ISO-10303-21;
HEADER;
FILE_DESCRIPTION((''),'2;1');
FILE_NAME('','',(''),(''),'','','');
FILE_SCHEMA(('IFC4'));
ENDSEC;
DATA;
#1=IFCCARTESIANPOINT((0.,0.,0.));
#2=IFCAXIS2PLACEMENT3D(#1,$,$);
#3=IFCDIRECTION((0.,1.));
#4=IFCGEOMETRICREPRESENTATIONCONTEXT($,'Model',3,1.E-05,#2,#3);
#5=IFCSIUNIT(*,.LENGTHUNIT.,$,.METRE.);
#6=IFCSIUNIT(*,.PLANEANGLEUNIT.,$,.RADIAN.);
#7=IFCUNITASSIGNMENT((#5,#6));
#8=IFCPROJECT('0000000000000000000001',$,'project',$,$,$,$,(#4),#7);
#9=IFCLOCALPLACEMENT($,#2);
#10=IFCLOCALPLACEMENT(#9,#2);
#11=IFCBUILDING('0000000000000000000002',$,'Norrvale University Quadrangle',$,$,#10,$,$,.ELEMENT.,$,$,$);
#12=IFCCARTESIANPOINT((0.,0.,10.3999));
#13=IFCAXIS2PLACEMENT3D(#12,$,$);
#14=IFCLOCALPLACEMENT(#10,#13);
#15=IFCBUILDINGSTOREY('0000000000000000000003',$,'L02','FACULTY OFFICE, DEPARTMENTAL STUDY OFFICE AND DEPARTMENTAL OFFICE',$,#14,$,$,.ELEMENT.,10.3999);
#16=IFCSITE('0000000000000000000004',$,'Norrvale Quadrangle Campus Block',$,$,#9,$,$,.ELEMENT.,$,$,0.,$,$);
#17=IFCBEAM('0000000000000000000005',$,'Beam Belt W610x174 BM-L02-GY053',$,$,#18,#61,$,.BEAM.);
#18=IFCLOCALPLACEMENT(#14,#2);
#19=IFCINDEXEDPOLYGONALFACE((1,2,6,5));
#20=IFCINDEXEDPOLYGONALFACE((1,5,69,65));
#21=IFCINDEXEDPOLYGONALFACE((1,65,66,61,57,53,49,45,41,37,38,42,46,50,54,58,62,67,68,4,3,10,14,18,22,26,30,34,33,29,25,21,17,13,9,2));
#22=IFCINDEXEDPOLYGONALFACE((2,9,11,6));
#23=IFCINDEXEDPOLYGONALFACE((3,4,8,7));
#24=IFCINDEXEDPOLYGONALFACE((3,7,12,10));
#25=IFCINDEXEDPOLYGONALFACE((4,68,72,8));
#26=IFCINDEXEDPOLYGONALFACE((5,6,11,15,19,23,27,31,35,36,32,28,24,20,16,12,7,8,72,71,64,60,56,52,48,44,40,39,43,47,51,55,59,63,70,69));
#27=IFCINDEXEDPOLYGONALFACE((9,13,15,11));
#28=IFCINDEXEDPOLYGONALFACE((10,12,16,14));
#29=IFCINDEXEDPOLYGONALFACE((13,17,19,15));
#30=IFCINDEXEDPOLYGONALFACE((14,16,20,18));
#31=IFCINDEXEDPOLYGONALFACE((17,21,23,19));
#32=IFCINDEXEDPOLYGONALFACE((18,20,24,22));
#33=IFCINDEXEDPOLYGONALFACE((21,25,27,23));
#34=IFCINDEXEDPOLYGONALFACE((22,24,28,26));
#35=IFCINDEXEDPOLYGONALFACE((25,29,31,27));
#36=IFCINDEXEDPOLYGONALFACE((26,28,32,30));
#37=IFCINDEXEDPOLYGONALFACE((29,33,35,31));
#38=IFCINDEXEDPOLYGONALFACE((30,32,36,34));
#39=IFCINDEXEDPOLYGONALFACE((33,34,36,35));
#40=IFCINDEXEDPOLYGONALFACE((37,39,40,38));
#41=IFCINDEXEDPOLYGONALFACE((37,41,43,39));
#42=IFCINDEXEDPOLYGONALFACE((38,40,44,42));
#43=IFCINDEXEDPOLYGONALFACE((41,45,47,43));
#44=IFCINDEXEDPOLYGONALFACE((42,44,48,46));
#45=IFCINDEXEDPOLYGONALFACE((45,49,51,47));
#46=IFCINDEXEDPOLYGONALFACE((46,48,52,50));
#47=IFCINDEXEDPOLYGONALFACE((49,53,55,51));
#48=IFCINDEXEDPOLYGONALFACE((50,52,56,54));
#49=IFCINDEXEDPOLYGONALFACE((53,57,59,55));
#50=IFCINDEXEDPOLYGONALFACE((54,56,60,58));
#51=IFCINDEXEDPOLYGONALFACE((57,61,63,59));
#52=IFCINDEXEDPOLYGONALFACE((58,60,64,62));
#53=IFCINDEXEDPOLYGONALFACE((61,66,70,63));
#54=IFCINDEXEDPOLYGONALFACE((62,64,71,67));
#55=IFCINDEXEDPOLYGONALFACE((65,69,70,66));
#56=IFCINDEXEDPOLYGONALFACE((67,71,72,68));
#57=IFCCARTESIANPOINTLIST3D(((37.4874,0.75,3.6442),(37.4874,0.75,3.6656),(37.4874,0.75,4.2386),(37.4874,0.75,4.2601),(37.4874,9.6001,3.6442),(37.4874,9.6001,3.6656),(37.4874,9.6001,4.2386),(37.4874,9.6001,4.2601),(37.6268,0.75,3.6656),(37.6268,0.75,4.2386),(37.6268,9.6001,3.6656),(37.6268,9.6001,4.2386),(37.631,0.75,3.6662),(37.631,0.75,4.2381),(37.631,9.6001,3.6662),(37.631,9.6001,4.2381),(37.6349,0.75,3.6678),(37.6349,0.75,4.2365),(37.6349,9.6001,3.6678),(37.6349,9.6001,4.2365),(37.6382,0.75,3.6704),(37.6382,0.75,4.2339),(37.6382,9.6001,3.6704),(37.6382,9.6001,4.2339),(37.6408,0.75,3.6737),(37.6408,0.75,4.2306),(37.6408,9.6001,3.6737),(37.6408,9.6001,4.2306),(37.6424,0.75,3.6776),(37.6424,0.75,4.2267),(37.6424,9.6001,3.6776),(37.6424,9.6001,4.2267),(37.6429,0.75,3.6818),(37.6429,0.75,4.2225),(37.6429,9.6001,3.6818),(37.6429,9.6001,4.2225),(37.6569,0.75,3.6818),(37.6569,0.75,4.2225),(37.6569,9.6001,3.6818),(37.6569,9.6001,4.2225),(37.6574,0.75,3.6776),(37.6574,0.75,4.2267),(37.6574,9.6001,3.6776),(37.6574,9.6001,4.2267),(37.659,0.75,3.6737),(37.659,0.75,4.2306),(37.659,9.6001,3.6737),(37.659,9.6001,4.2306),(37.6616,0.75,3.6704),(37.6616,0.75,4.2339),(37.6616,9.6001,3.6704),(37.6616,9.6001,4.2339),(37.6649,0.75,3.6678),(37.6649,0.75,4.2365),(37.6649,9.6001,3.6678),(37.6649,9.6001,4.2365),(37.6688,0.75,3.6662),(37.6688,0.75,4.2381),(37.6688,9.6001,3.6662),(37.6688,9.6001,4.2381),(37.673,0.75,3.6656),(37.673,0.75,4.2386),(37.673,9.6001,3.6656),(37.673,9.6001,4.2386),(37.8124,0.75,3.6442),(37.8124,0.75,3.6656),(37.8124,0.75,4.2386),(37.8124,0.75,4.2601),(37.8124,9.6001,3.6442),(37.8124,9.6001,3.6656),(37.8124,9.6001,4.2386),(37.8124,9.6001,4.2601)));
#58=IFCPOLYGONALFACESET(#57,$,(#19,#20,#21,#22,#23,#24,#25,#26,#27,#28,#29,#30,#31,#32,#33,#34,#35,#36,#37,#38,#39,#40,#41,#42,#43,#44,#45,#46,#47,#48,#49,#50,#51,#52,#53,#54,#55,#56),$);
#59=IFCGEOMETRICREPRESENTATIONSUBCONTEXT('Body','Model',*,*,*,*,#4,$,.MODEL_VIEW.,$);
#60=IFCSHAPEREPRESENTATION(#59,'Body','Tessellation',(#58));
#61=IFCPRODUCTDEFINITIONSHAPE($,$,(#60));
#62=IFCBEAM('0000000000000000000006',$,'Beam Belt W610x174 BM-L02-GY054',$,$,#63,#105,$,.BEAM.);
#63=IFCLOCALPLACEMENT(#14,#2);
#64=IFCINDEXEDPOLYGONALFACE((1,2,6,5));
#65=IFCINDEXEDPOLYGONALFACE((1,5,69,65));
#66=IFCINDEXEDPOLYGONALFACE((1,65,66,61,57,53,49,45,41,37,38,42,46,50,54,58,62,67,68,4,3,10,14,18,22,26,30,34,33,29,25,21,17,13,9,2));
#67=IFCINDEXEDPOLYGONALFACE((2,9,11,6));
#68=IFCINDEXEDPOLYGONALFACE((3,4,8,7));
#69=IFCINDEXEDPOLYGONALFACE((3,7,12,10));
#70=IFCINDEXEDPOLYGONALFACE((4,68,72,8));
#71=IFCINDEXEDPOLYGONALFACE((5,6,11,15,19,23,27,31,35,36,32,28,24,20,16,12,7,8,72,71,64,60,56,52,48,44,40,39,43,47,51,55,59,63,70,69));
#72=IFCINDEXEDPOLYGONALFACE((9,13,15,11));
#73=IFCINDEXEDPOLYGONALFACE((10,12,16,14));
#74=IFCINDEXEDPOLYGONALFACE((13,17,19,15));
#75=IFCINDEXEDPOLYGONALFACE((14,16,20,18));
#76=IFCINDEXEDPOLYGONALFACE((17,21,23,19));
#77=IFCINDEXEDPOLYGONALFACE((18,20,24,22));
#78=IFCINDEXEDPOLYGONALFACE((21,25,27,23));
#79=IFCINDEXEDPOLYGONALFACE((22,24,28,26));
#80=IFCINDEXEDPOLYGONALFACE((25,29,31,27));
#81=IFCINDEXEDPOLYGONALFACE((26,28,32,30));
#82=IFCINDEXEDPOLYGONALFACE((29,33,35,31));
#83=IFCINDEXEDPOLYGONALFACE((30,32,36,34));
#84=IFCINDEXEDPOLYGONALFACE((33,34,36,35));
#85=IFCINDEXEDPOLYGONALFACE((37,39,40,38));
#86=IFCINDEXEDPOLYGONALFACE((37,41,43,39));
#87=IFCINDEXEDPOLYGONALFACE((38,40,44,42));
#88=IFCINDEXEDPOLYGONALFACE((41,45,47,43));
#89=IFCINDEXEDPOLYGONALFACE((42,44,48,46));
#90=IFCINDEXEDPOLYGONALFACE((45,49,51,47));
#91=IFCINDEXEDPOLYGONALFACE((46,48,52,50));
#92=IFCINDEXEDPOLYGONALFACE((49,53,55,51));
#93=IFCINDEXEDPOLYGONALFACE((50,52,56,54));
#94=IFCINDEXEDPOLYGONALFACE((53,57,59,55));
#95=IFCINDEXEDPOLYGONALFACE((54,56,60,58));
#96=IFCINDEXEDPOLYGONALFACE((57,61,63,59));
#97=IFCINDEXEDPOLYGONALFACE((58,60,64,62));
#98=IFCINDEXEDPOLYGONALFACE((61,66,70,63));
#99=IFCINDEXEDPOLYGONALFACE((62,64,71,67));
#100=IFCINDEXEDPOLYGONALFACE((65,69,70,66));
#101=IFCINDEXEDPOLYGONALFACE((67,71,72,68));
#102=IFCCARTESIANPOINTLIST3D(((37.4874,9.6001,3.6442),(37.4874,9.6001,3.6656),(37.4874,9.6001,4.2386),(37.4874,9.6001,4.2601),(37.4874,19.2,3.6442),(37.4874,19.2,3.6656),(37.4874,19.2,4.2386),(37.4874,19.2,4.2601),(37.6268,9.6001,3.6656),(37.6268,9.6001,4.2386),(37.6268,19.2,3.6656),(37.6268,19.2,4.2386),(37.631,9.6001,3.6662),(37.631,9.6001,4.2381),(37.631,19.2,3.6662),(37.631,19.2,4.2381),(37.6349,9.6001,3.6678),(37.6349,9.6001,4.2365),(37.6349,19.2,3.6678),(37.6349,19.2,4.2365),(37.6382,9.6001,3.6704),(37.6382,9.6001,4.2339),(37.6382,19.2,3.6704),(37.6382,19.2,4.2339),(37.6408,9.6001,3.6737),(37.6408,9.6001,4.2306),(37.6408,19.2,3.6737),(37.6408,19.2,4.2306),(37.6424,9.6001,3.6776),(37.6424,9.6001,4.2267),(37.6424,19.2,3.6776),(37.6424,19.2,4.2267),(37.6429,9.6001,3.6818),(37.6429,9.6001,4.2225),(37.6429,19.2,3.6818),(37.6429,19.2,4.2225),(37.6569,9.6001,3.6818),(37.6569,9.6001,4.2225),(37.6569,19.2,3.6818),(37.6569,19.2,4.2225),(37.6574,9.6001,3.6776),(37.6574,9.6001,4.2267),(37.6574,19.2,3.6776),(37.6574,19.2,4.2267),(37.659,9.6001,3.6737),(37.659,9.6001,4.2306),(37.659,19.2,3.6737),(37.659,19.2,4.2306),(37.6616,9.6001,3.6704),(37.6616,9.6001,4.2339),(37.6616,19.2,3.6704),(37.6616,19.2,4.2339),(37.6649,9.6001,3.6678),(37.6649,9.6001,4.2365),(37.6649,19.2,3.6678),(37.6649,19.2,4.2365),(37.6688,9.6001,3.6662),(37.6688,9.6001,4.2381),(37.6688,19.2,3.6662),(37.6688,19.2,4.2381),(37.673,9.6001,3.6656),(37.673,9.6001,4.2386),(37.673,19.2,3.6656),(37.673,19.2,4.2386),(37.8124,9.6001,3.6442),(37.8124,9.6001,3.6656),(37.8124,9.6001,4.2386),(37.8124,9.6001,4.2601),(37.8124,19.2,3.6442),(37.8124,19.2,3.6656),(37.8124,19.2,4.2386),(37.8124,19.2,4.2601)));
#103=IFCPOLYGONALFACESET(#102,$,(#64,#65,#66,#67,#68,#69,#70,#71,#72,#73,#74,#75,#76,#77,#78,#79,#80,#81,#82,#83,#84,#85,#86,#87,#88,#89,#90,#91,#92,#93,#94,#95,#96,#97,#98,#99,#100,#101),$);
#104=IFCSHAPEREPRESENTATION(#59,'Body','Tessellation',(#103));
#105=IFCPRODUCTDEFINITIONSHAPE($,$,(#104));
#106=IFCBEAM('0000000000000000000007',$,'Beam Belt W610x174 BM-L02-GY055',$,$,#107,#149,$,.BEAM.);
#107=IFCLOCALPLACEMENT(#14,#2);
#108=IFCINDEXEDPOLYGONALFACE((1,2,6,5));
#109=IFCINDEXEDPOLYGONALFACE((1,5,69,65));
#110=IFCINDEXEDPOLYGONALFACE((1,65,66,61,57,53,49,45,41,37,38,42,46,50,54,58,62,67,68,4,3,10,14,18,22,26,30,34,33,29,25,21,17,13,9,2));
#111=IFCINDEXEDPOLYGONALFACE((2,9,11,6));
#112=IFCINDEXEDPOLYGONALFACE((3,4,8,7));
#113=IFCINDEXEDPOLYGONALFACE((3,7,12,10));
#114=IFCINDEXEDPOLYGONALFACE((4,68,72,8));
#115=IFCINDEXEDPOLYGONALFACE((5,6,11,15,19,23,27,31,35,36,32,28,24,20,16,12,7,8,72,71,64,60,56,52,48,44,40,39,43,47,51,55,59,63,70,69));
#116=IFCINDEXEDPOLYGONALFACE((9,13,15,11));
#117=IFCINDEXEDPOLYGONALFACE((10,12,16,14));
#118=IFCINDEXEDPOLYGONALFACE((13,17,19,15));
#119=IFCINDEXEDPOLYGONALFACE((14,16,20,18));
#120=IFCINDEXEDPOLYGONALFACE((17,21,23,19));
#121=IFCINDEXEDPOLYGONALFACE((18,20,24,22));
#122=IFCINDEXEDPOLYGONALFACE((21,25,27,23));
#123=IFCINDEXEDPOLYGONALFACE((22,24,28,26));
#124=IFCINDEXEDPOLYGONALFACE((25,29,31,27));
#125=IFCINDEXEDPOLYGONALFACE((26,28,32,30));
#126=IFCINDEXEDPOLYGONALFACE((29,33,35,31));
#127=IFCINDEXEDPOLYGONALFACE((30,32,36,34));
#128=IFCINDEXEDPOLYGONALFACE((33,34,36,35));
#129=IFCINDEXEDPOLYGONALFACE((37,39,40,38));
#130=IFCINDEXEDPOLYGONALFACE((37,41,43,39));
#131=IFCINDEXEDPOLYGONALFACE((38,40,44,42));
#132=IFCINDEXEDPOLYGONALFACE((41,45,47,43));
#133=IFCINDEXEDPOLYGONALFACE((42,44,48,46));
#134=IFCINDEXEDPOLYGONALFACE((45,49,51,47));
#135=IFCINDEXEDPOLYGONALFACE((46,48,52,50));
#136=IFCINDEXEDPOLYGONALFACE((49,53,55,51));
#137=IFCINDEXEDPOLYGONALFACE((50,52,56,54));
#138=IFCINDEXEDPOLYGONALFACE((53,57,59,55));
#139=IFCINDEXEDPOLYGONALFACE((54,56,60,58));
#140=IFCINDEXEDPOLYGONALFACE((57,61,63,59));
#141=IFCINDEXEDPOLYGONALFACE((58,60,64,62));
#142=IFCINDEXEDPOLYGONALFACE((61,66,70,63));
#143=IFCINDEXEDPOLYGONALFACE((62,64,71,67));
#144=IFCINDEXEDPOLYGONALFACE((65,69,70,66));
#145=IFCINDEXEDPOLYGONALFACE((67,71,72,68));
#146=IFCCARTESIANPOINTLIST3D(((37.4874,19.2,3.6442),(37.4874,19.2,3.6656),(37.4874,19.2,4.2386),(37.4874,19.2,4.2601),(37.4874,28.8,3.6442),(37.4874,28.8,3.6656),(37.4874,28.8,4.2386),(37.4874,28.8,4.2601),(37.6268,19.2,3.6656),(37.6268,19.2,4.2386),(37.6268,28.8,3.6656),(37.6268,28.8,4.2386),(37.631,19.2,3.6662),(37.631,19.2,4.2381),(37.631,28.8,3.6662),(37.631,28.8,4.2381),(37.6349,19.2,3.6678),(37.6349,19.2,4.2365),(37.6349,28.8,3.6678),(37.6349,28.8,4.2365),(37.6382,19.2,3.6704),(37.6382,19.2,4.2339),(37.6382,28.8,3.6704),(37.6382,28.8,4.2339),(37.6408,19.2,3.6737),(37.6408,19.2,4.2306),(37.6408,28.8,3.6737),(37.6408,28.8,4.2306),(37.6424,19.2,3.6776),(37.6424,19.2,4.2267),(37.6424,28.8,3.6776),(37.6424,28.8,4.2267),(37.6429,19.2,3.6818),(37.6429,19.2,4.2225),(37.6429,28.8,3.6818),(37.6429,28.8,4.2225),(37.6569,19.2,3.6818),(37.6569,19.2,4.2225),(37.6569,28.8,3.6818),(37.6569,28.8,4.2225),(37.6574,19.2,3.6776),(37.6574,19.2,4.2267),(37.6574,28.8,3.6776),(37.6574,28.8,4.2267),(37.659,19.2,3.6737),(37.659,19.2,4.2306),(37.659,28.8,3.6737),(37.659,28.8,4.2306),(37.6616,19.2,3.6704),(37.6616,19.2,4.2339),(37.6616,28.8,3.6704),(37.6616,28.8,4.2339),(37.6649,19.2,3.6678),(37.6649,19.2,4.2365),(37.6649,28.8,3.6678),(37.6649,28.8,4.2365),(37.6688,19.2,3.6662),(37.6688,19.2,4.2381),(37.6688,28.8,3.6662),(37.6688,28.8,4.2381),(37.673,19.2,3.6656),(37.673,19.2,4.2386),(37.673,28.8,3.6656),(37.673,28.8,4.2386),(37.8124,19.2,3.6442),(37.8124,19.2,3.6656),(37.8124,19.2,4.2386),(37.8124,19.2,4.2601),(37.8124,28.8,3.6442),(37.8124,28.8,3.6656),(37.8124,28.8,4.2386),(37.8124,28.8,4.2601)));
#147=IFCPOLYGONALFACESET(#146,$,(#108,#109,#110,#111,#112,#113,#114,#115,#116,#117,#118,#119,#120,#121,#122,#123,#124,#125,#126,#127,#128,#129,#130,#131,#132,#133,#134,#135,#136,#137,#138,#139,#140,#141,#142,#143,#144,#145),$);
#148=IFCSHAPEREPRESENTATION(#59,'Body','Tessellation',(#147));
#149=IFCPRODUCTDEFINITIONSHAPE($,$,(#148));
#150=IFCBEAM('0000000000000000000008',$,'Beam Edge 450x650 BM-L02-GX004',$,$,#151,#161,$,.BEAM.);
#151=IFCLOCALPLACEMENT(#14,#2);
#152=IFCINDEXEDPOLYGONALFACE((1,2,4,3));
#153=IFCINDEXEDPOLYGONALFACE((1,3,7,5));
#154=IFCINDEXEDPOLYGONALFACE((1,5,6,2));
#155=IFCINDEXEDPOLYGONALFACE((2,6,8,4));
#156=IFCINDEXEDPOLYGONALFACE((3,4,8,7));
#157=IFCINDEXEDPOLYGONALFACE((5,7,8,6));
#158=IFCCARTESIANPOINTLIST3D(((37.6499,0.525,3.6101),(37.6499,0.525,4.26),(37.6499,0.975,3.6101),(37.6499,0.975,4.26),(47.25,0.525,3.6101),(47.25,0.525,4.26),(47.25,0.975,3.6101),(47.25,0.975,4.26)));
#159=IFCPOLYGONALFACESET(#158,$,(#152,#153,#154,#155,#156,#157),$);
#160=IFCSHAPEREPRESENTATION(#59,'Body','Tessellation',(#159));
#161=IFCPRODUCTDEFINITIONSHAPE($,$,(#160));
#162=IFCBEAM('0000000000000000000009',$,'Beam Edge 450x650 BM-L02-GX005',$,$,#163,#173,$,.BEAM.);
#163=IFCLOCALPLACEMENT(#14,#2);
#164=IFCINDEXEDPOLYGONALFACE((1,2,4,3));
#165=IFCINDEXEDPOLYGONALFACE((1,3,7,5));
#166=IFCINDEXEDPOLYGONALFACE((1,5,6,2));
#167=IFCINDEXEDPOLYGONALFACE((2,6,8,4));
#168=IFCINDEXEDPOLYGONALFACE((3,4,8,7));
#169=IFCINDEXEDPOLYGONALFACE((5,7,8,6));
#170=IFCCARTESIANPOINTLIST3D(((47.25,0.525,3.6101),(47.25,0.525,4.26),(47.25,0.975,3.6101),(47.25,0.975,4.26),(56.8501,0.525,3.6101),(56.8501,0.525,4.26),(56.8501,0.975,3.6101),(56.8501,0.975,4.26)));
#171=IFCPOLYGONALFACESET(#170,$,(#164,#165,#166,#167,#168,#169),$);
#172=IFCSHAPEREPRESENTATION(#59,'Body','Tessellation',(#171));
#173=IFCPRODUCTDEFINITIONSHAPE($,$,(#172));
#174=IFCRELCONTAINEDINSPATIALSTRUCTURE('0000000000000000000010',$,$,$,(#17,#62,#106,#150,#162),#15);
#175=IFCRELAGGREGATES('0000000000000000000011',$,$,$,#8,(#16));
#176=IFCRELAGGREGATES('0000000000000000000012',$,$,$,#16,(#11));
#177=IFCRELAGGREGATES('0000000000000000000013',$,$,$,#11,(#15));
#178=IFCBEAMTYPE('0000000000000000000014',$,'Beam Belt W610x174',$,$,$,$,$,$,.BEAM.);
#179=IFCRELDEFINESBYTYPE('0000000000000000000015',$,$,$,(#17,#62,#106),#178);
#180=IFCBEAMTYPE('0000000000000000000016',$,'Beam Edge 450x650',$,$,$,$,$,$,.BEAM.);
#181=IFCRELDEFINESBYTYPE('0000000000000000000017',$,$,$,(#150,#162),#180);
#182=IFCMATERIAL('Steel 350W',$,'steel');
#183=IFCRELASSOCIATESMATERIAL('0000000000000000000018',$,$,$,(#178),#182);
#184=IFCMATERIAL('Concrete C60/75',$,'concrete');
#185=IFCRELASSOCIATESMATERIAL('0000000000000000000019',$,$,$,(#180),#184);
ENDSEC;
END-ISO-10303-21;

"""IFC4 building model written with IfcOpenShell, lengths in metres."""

from ifc_helpers import new_model, si_unit, direction, frame, origin, origin_2d, place, context, subcontext, project, spatial, rectangle, i_section, extrude, material, material_profile, profile_set, type_object, element, save


model = new_model("IFC4")

# Units and contexts
model_context = context("Model", 3, precision=1e-05, world=origin(), true_north=direction((0.0, 1.0)))
body_context = subcontext(model_context, "Body", "Model", "MODEL_VIEW")
ifc_project = project(units=[si_unit("LENGTHUNIT", "METRE"), si_unit("PLANEANGLEUNIT", "RADIAN")], contexts=[model_context])

# Site, building, storey
site_placement = place(None, origin())
site = spatial("IfcSite", under=ifc_project, at=site_placement, Name="Norrvale Quadrangle Campus Block", CompositionType="ELEMENT", RefElevation=0.0)
building_placement = place(site_placement, origin())
building = spatial("IfcBuilding", under=site, at=building_placement, Name="Norrvale University Quadrangle", CompositionType="ELEMENT")
storey_placement = place(building_placement, frame((0.0, 0.0, 10.3999)))
storey = spatial("IfcBuildingStorey", under=building, at=storey_placement, Name="L02", Description="FACULTY OFFICE, DEPARTMENTAL STUDY OFFICE AND DEPARTMENTAL OFFICE", CompositionType="ELEMENT", Elevation=10.3999)

# Beams
ifc_material_1 = material(Name="Steel 350W", Category="steel")
ifc_material_profile_1 = material_profile(ifc_material_1, i_section(OverallWidth=0.325, OverallDepth=0.616, WebThickness=0.0139, FlangeThickness=0.0215, FilletRadius=0.0161, at=origin_2d()), Name="Steel 350W")
ifc_profile_set_1 = profile_set([ifc_material_profile_1], Name="Steel 350W")
beam_type_1 = type_object("IfcBeamType", Name="Beam Belt W610x174", PredefinedType="BEAM", material=ifc_profile_set_1)
beam_1_placement = place(storey_placement, frame((37.6499, 0.75, 3.9521), z_axis=(0.0, 1.0, 0.0), x_axis=(-1.0, 0.0, 0.0)))
element("IfcBeam", 1, at=beam_1_placement, inside=storey, type_object=beam_type_1, Name="Beam Belt W610x174 BM-L02-GY053", PredefinedType="BEAM", context=body_context, shape_type="SweptSolid", body=[
    extrude(i_section(OverallWidth=0.325, OverallDepth=0.616, WebThickness=0.0139, FlangeThickness=0.0215, FilletRadius=0.0161, at=origin_2d()), origin(), (0.0, 0.0, 1.0), 8.8501),
])
beam_2_placement = place(storey_placement, frame((37.6499, 9.6001, 3.9521), z_axis=(0.0, 1.0, 0.0), x_axis=(-1.0, 0.0, 0.0)))
element("IfcBeam", 2, at=beam_2_placement, inside=storey, type_object=beam_type_1, Name="Beam Belt W610x174 BM-L02-GY054", PredefinedType="BEAM", context=body_context, shape_type="SweptSolid", body=[
    extrude(i_section(OverallWidth=0.325, OverallDepth=0.616, WebThickness=0.0139, FlangeThickness=0.0215, FilletRadius=0.0161, at=origin_2d()), origin(), (0.0, 0.0, 1.0), 9.5999),
])
beam_3_placement = place(storey_placement, frame((37.6499, 19.2, 3.9521), z_axis=(0.0, 1.0, 0.0), x_axis=(-1.0, 0.0, 0.0)))
element("IfcBeam", 3, at=beam_3_placement, inside=storey, type_object=beam_type_1, Name="Beam Belt W610x174 BM-L02-GY055", PredefinedType="BEAM", context=body_context, shape_type="SweptSolid", body=[
    extrude(i_section(OverallWidth=0.325, OverallDepth=0.616, WebThickness=0.0139, FlangeThickness=0.0215, FilletRadius=0.0161, at=origin_2d()), origin(), (0.0, 0.0, 1.0), 9.6001),
])
ifc_material_2 = material(Name="Concrete C60/75", Category="concrete")
ifc_material_profile_2 = material_profile(ifc_material_2, rectangle(XDim=0.45, YDim=0.6499, at=origin_2d()), Name="Concrete C60/75")
ifc_profile_set_2 = profile_set([ifc_material_profile_2], Name="Concrete C60/75")
beam_type_2 = type_object("IfcBeamType", Name="Beam Edge 450x650", PredefinedType="BEAM", material=ifc_profile_set_2)
for number, where, z_axis, x_axis, name in (
    (4, (37.6499, 0.75, 3.9351), (1.0, 0.0, 0.0), (0.0, 1.0, 0.0), "Beam Edge 450x650 BM-L02-GX004"),
    (5, (47.25, 0.75, 3.9351), (1.0, 0.0, 0.0), (0.0, 1.0, 0.0), "Beam Edge 450x650 BM-L02-GX005"),
):
    element("IfcBeam", number, at=place(storey_placement, frame(where, z_axis=z_axis, x_axis=x_axis)), inside=storey, type_object=beam_type_2, Name=name, PredefinedType="BEAM", context=body_context, shape_type="SweptSolid", body=[
        extrude(rectangle(XDim=0.45, YDim=0.6499, at=origin_2d()), origin(), (0.0, 0.0, 1.0), 9.6001),
    ])

save(model, "model.ifc")
